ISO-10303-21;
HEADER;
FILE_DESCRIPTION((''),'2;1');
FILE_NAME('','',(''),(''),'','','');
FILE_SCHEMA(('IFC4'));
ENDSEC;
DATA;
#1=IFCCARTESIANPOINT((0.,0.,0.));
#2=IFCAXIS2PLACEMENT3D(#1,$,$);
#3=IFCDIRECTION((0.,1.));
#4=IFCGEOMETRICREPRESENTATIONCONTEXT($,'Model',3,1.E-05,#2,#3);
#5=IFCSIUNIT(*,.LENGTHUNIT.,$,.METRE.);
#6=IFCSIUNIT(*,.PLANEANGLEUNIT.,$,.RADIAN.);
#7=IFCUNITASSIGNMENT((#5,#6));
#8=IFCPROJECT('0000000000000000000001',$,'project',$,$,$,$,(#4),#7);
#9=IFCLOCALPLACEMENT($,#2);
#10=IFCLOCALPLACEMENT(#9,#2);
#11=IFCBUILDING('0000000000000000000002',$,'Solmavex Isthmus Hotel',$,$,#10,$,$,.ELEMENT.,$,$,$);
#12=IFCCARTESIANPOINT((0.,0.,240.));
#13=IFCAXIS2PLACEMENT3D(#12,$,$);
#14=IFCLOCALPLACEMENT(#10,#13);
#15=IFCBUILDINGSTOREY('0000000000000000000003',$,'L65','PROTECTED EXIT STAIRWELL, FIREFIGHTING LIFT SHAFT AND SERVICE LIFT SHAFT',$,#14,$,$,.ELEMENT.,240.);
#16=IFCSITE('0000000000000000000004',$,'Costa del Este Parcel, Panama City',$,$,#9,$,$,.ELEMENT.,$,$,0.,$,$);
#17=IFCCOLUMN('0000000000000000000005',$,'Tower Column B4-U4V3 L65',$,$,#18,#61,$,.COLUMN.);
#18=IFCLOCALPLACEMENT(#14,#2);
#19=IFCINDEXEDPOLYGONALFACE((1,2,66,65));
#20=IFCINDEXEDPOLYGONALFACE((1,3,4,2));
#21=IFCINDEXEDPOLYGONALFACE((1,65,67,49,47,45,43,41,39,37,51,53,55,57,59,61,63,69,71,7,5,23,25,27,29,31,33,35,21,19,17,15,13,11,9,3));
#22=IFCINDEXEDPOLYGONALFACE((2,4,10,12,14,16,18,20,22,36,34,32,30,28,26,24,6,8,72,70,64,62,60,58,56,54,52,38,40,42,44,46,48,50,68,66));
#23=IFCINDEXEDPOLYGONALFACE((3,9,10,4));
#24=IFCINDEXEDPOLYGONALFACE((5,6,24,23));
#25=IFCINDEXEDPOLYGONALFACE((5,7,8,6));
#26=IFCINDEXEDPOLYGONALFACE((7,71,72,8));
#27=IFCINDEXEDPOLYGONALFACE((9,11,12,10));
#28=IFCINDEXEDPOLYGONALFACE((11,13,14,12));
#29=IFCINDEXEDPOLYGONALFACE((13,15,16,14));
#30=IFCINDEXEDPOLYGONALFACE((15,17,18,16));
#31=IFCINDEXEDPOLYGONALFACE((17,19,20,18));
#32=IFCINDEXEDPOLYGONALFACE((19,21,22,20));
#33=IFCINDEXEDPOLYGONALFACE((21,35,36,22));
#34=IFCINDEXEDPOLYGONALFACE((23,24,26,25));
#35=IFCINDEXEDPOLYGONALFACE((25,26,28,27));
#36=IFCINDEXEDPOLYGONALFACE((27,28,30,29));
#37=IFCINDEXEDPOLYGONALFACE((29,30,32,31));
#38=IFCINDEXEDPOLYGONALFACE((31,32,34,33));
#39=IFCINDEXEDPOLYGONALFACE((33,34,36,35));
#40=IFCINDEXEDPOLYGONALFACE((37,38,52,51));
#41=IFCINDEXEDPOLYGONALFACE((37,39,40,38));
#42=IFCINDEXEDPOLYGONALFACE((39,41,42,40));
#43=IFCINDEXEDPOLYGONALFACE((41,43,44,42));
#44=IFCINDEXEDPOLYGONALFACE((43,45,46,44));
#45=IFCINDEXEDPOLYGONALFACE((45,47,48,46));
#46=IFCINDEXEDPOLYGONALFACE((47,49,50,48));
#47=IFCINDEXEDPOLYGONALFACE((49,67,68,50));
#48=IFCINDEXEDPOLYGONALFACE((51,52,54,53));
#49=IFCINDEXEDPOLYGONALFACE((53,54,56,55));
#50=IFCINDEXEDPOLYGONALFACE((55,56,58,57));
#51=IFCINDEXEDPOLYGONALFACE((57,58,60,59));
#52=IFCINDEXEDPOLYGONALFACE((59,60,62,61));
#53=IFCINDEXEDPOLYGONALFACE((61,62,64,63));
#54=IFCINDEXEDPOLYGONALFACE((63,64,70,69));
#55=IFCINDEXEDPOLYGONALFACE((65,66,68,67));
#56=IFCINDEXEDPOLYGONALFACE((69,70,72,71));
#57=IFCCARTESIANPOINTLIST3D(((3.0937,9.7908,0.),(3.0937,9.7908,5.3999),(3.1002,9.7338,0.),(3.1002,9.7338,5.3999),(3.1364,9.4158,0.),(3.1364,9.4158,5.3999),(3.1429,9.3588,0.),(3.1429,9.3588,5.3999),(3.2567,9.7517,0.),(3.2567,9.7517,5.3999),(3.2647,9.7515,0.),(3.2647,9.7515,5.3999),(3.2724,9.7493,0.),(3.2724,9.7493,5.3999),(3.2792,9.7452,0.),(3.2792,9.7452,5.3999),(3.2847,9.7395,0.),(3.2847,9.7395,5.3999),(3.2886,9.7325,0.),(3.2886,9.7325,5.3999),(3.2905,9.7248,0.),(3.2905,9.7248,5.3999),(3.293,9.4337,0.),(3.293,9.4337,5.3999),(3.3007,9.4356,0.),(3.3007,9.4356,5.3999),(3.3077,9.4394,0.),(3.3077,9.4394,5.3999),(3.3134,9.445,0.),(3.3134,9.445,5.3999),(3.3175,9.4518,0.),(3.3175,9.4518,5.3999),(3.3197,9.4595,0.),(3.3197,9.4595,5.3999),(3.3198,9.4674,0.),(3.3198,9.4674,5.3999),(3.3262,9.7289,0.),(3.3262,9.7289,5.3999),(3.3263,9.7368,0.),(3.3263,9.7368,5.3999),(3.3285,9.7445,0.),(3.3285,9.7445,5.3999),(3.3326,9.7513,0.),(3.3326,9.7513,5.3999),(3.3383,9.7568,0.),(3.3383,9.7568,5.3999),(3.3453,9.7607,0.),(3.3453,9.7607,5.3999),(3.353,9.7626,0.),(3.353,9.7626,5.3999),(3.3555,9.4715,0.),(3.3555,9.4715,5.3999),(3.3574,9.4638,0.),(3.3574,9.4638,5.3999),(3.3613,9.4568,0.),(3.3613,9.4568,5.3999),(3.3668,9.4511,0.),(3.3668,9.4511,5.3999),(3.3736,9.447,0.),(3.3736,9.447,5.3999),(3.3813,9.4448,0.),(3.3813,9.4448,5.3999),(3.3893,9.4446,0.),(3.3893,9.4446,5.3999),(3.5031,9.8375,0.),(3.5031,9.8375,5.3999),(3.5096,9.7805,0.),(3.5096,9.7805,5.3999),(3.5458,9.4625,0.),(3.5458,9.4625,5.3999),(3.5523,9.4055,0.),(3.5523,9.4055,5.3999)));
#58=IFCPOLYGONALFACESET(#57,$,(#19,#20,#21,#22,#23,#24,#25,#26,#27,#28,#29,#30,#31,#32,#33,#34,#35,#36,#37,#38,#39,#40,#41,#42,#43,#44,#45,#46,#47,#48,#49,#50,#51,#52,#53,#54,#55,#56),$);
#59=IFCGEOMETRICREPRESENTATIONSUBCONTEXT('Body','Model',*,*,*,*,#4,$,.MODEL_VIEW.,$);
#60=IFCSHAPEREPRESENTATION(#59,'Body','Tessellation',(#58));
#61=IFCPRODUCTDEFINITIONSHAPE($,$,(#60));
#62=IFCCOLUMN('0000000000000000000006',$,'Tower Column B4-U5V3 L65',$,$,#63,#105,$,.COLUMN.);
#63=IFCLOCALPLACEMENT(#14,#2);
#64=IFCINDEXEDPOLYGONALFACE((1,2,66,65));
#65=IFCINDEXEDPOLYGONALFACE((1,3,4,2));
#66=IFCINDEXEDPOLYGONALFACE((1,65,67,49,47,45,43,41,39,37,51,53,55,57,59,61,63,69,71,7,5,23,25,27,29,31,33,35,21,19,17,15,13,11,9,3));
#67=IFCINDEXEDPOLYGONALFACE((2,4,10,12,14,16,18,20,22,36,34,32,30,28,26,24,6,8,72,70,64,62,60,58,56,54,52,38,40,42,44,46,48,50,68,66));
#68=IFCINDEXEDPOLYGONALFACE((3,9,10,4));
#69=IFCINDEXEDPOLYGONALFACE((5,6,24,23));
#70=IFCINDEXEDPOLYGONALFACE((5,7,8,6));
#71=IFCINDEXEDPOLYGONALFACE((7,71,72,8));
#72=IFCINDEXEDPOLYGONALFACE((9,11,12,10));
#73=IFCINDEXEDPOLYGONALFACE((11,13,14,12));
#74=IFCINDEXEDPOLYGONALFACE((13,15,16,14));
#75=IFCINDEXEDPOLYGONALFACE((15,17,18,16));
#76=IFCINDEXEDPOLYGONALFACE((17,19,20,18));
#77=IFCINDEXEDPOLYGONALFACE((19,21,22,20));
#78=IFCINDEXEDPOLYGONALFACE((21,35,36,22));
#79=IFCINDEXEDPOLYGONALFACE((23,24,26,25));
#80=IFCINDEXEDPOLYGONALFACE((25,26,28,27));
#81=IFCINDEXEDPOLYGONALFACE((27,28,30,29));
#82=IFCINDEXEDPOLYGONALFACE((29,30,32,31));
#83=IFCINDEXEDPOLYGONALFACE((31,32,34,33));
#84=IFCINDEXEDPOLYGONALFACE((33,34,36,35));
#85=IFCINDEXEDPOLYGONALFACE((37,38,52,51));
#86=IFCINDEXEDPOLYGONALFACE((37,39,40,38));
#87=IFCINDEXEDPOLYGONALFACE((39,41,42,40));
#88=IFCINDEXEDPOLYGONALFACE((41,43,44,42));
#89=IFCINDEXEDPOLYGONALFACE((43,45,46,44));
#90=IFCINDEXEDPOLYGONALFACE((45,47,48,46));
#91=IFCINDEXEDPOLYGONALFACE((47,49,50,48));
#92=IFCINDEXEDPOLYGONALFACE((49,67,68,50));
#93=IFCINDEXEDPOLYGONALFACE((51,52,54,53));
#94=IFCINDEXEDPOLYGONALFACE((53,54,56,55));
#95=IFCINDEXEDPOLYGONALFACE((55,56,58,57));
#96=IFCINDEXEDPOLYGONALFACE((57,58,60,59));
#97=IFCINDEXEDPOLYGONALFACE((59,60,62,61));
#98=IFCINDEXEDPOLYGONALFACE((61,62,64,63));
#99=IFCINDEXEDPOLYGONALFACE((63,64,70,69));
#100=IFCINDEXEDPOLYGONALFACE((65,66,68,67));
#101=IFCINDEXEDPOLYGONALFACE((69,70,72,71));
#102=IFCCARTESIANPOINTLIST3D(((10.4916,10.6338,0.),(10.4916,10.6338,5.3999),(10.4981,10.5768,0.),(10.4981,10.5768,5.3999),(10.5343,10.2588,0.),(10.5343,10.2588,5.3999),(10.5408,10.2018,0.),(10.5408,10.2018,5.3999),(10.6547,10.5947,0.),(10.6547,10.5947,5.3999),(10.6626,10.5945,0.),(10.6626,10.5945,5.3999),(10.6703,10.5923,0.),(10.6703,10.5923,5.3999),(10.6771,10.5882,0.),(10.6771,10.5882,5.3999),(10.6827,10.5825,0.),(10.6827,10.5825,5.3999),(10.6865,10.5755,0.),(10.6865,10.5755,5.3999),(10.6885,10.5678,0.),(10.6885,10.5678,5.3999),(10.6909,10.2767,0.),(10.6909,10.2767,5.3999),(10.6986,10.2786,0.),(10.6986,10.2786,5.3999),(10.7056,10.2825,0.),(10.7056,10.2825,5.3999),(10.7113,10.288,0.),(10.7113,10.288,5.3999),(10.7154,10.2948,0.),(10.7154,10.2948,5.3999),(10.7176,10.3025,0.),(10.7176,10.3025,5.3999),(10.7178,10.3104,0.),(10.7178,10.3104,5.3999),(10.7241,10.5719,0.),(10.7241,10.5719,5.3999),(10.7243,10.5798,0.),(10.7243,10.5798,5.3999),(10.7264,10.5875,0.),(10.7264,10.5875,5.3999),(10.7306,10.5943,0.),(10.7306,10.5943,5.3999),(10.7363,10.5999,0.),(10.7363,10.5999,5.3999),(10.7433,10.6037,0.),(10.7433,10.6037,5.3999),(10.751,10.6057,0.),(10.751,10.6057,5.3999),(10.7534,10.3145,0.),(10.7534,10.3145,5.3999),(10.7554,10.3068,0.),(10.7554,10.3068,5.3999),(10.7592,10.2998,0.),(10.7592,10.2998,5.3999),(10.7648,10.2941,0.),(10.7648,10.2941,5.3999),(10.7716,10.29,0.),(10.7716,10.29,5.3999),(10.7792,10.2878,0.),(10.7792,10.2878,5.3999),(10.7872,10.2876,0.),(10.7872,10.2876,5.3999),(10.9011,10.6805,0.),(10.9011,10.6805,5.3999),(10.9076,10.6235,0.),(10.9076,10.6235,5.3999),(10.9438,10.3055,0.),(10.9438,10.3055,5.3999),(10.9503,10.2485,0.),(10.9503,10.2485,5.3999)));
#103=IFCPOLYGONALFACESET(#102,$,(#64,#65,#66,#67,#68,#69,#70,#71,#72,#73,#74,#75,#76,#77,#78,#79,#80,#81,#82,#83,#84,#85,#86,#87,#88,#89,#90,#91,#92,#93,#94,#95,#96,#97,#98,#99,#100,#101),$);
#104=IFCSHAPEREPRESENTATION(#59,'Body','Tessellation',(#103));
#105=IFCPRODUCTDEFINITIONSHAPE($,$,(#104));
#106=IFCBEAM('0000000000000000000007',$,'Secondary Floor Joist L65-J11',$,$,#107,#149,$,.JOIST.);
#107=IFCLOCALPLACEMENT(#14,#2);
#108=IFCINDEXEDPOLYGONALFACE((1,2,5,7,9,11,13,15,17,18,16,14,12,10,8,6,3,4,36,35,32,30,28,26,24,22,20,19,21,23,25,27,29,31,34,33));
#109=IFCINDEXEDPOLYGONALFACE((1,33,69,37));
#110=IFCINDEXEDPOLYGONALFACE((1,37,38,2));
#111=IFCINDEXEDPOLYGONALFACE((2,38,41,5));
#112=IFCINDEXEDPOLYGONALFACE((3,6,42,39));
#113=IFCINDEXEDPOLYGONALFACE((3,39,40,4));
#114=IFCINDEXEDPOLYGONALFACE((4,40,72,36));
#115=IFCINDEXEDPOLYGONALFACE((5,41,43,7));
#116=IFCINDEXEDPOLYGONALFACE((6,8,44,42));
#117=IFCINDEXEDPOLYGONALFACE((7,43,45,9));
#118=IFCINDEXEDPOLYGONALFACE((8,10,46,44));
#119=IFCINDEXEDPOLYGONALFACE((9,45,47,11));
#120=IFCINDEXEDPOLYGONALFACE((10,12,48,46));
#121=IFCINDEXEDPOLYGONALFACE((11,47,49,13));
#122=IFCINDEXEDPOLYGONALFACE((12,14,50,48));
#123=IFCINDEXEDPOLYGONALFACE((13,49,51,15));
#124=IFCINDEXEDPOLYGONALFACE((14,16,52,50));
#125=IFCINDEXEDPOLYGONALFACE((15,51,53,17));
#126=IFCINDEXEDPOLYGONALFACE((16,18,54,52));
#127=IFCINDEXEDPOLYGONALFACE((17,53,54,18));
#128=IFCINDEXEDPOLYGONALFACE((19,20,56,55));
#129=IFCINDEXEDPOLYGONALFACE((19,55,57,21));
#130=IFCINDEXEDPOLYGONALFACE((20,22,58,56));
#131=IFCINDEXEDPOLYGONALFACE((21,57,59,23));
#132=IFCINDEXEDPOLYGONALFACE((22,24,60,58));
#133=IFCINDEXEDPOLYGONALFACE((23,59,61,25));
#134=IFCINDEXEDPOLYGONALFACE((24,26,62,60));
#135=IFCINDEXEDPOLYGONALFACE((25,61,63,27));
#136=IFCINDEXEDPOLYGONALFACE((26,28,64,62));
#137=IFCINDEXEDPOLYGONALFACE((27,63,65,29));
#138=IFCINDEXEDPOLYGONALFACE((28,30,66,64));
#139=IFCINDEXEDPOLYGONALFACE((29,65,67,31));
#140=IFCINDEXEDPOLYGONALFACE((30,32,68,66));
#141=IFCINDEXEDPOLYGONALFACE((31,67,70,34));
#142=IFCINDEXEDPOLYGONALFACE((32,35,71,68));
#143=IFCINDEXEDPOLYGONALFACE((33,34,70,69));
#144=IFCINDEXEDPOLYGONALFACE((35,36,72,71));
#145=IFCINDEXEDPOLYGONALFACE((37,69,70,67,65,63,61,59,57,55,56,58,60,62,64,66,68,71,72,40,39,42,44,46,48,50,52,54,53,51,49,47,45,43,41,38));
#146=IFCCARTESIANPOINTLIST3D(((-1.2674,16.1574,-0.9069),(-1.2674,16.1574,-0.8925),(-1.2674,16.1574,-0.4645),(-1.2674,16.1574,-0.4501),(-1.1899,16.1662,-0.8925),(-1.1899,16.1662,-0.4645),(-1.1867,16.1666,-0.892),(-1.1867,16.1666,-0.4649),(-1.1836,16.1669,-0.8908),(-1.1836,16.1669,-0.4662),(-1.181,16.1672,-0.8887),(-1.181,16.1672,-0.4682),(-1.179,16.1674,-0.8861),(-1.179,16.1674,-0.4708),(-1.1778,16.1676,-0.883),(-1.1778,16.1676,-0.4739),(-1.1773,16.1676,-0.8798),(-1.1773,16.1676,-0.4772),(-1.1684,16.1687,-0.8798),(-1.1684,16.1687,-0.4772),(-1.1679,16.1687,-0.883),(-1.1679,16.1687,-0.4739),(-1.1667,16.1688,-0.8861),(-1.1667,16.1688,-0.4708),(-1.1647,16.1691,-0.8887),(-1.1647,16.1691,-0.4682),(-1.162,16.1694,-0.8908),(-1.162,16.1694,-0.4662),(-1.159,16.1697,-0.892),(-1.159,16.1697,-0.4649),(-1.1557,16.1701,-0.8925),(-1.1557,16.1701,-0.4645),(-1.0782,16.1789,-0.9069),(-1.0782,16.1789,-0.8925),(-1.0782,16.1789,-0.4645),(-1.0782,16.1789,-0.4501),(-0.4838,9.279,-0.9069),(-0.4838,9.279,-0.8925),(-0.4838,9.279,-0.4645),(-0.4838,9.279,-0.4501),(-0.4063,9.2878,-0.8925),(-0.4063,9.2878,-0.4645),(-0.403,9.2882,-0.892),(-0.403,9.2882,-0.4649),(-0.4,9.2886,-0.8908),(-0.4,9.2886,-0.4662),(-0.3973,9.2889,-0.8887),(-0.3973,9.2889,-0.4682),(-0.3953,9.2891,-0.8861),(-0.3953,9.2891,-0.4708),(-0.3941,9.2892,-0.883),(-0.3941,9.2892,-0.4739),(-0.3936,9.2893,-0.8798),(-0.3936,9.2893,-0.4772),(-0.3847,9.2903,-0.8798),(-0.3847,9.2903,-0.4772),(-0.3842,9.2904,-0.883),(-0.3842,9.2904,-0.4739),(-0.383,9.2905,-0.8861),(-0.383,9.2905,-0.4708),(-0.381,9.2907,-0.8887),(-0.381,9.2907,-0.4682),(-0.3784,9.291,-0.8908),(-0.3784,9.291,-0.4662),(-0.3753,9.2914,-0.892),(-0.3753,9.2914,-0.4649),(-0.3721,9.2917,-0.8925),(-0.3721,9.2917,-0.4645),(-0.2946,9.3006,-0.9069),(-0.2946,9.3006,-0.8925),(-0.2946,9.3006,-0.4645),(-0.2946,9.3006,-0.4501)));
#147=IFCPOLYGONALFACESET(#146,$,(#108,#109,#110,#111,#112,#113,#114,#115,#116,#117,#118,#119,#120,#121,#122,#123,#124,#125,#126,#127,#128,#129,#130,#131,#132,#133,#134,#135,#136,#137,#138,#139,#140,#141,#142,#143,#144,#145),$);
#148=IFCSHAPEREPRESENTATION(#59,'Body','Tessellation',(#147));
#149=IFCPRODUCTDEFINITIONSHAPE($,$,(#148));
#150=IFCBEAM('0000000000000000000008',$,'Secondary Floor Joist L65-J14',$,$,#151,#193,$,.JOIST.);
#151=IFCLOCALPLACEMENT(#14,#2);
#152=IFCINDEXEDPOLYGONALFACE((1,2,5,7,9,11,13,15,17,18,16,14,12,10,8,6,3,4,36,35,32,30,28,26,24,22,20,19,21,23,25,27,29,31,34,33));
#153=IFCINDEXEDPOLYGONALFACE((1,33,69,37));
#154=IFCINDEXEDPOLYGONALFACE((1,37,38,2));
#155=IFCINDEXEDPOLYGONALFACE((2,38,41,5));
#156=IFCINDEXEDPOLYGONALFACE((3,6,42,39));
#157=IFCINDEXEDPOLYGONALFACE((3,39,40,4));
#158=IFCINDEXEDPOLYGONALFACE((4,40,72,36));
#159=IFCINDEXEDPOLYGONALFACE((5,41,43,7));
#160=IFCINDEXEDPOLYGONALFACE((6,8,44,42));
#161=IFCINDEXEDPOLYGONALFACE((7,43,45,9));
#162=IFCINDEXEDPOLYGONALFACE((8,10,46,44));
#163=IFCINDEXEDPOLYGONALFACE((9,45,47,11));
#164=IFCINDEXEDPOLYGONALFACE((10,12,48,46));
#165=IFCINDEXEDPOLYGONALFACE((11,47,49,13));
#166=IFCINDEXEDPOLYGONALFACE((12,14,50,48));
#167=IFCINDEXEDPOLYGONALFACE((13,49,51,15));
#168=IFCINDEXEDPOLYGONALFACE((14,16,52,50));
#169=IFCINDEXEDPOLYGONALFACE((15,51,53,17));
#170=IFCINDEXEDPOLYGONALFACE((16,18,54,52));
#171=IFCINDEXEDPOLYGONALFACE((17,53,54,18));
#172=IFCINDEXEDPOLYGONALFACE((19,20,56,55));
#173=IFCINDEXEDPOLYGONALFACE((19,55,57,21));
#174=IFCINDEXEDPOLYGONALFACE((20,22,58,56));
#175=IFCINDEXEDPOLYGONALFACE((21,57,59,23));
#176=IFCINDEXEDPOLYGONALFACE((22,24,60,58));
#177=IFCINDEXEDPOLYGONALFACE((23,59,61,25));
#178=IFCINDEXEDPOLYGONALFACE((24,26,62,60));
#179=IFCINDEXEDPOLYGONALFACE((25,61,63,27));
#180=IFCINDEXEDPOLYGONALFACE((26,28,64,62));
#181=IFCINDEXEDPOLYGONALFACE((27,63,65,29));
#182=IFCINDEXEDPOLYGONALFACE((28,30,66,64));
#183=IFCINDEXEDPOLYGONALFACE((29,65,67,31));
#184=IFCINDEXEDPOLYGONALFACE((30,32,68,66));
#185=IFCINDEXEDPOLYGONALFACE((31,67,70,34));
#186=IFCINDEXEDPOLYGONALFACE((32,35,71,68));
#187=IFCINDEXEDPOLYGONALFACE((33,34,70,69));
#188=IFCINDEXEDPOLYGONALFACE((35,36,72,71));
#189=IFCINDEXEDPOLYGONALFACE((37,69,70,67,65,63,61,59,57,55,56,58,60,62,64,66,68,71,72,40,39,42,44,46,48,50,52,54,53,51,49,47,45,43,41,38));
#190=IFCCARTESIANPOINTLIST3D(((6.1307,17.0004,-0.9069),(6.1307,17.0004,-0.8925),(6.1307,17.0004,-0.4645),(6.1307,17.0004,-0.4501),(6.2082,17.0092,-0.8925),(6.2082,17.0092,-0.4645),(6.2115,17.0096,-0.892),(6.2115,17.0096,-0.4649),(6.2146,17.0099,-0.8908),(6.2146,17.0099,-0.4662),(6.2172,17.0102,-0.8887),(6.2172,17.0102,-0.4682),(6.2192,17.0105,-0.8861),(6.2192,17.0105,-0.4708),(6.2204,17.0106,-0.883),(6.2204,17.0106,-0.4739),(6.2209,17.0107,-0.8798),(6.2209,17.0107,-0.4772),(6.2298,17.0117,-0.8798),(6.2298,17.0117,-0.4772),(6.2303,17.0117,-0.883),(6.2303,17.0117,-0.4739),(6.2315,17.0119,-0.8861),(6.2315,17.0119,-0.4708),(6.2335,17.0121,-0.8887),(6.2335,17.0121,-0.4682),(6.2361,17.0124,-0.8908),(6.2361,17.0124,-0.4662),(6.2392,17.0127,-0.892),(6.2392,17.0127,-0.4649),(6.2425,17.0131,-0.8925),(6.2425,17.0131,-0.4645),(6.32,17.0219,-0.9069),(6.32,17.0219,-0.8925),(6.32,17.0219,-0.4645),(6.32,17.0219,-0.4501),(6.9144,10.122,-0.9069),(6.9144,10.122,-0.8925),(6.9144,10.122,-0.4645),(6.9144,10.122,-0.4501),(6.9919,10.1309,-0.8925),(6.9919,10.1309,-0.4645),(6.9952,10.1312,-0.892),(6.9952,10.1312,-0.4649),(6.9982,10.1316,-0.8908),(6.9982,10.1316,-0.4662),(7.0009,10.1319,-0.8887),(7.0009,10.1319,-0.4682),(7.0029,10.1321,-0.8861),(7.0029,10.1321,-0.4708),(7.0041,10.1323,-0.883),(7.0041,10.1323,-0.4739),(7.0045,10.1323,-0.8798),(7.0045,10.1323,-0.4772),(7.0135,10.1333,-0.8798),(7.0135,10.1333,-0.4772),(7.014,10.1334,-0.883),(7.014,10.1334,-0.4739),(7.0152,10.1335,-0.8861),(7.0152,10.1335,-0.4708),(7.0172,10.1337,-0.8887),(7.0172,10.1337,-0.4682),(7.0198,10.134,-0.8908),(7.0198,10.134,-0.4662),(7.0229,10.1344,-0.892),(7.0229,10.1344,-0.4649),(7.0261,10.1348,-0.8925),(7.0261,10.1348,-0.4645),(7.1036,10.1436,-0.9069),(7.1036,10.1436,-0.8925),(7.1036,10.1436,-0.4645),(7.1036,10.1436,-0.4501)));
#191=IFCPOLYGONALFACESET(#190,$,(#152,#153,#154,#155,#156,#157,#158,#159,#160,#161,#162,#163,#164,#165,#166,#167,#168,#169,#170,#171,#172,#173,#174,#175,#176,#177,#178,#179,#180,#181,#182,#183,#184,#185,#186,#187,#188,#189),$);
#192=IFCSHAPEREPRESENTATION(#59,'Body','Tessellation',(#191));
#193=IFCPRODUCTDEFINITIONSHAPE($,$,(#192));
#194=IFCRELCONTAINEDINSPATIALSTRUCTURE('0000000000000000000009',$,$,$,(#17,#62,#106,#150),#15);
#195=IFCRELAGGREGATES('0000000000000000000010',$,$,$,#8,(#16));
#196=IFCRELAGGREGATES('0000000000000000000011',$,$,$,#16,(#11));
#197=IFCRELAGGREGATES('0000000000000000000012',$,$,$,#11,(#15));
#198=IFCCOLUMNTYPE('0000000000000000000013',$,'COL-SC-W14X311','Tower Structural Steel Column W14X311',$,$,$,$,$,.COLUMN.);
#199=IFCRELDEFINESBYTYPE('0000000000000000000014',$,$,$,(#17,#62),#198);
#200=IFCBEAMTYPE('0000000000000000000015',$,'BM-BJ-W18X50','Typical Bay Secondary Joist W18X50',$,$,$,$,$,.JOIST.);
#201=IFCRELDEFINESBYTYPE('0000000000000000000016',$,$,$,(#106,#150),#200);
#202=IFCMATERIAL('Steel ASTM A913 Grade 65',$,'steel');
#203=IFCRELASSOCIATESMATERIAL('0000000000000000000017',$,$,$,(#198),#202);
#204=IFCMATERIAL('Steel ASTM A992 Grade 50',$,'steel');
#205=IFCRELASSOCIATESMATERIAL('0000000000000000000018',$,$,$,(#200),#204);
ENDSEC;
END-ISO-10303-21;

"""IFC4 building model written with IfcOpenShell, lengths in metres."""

from ifc_helpers import new_model, si_unit, direction, frame, origin, origin_2d, place, context, subcontext, project, spatial, i_section, extrude, material, material_profile, profile_set, type_object, element, save


model = new_model("IFC4")

# Units and contexts
model_context = context("Model", 3, precision=1e-05, world=origin(), true_north=direction((0.0, 1.0)))
body_context = subcontext(model_context, "Body", "Model", "MODEL_VIEW")
ifc_project = project(units=[si_unit("LENGTHUNIT", "METRE"), si_unit("PLANEANGLEUNIT", "RADIAN")], contexts=[model_context])

# Site, building, storey
site_placement = place(None, origin())
site = spatial("IfcSite", under=ifc_project, at=site_placement, Name="Costa del Este Parcel, Panama City", CompositionType="ELEMENT", RefElevation=0.0)
building_placement = place(site_placement, origin())
building = spatial("IfcBuilding", under=site, at=building_placement, Name="Solmavex Isthmus Hotel", CompositionType="ELEMENT")
storey_placement = place(building_placement, frame((0.0, 0.0, 240.0)))
storey = spatial("IfcBuildingStorey", under=building, at=storey_placement, Name="L65", Description="PROTECTED EXIT STAIRWELL, FIREFIGHTING LIFT SHAFT AND SERVICE LIFT SHAFT", CompositionType="ELEMENT", Elevation=240.0)

# Columns
ifc_material_1 = material(Name="Steel ASTM A913 Grade 65", Category="steel")
ifc_material_profile_1 = material_profile(ifc_material_1, i_section(OverallWidth=0.4121, OverallDepth=0.4348, WebThickness=0.0359, FlangeThickness=0.0574, FilletRadius=0.0305, at=origin_2d()), Name="W14X311")
ifc_profile_set_1 = profile_set([ifc_material_profile_1], Name="Steel ASTM A913 Grade 65")
column_type = type_object("IfcColumnType", Name="COL-SC-W14X311", Description="Tower Structural Steel Column W14X311", PredefinedType="COLUMN", material=ifc_profile_set_1)
for number, where, z_axis, x_axis, name in (
    (1, (3.323, 9.5981, 0.0), (0.0, 0.0, 1.0), (0.993572, 0.113203, 0.0), "Tower Column B4-U4V3 L65"),
    (2, (10.7209, 10.4412, 0.0), (0.0, 0.0, 1.0), (0.993572, 0.113203, 0.0), "Tower Column B4-U5V3 L65"),
):
    element("IfcColumn", number, at=place(storey_placement, frame(where, z_axis=z_axis, x_axis=x_axis)), inside=storey, type_object=column_type, Name=name, PredefinedType="COLUMN", context=body_context, shape_type="SweptSolid", body=[
        extrude(i_section(OverallWidth=0.4121, OverallDepth=0.4348, WebThickness=0.0359, FlangeThickness=0.0574, FilletRadius=0.0305, at=origin_2d()), origin(), (0.0, 0.0, 1.0), 5.3999),
    ])

# Beams
ifc_material_2 = material(Name="Steel ASTM A992 Grade 50", Category="steel")
ifc_material_profile_2 = material_profile(ifc_material_2, i_section(OverallWidth=0.1904, OverallDepth=0.4568, WebThickness=0.009, FlangeThickness=0.0144, FilletRadius=0.0127, at=origin_2d()), Name="W18X50")
ifc_profile_set_2 = profile_set([ifc_material_profile_2], Name="Steel ASTM A992 Grade 50")
beam_type_1 = type_object("IfcBeamType", Name="BM-BJ-W18X50", Description="Typical Bay Secondary Joist W18X50", PredefinedType="JOIST", material=ifc_profile_set_2)
for number, where, z_axis, x_axis, name in (
    (3, (-0.3892, 9.2898, -0.6785), (-0.113202, 0.993572, 0.0), (-0.993572, -0.113202, 0.0), "Secondary Floor Joist L65-J11"),
    (4, (7.009, 10.1328, -0.6785), (-0.113202, 0.993572, 0.0), (-0.993572, -0.113202, 0.0), "Secondary Floor Joist L65-J14"),
):
    element("IfcBeam", number, at=place(storey_placement, frame(where, z_axis=z_axis, x_axis=x_axis)), inside=storey, type_object=beam_type_1, Name=name, PredefinedType="JOIST", context=body_context, shape_type="SweptSolid", body=[
        extrude(i_section(OverallWidth=0.1904, OverallDepth=0.4568, WebThickness=0.009, FlangeThickness=0.0144, FilletRadius=0.0127, at=origin_2d()), origin(), (0.0, 0.0, 1.0), 6.9229),
    ])

save(model, "model.ifc")
